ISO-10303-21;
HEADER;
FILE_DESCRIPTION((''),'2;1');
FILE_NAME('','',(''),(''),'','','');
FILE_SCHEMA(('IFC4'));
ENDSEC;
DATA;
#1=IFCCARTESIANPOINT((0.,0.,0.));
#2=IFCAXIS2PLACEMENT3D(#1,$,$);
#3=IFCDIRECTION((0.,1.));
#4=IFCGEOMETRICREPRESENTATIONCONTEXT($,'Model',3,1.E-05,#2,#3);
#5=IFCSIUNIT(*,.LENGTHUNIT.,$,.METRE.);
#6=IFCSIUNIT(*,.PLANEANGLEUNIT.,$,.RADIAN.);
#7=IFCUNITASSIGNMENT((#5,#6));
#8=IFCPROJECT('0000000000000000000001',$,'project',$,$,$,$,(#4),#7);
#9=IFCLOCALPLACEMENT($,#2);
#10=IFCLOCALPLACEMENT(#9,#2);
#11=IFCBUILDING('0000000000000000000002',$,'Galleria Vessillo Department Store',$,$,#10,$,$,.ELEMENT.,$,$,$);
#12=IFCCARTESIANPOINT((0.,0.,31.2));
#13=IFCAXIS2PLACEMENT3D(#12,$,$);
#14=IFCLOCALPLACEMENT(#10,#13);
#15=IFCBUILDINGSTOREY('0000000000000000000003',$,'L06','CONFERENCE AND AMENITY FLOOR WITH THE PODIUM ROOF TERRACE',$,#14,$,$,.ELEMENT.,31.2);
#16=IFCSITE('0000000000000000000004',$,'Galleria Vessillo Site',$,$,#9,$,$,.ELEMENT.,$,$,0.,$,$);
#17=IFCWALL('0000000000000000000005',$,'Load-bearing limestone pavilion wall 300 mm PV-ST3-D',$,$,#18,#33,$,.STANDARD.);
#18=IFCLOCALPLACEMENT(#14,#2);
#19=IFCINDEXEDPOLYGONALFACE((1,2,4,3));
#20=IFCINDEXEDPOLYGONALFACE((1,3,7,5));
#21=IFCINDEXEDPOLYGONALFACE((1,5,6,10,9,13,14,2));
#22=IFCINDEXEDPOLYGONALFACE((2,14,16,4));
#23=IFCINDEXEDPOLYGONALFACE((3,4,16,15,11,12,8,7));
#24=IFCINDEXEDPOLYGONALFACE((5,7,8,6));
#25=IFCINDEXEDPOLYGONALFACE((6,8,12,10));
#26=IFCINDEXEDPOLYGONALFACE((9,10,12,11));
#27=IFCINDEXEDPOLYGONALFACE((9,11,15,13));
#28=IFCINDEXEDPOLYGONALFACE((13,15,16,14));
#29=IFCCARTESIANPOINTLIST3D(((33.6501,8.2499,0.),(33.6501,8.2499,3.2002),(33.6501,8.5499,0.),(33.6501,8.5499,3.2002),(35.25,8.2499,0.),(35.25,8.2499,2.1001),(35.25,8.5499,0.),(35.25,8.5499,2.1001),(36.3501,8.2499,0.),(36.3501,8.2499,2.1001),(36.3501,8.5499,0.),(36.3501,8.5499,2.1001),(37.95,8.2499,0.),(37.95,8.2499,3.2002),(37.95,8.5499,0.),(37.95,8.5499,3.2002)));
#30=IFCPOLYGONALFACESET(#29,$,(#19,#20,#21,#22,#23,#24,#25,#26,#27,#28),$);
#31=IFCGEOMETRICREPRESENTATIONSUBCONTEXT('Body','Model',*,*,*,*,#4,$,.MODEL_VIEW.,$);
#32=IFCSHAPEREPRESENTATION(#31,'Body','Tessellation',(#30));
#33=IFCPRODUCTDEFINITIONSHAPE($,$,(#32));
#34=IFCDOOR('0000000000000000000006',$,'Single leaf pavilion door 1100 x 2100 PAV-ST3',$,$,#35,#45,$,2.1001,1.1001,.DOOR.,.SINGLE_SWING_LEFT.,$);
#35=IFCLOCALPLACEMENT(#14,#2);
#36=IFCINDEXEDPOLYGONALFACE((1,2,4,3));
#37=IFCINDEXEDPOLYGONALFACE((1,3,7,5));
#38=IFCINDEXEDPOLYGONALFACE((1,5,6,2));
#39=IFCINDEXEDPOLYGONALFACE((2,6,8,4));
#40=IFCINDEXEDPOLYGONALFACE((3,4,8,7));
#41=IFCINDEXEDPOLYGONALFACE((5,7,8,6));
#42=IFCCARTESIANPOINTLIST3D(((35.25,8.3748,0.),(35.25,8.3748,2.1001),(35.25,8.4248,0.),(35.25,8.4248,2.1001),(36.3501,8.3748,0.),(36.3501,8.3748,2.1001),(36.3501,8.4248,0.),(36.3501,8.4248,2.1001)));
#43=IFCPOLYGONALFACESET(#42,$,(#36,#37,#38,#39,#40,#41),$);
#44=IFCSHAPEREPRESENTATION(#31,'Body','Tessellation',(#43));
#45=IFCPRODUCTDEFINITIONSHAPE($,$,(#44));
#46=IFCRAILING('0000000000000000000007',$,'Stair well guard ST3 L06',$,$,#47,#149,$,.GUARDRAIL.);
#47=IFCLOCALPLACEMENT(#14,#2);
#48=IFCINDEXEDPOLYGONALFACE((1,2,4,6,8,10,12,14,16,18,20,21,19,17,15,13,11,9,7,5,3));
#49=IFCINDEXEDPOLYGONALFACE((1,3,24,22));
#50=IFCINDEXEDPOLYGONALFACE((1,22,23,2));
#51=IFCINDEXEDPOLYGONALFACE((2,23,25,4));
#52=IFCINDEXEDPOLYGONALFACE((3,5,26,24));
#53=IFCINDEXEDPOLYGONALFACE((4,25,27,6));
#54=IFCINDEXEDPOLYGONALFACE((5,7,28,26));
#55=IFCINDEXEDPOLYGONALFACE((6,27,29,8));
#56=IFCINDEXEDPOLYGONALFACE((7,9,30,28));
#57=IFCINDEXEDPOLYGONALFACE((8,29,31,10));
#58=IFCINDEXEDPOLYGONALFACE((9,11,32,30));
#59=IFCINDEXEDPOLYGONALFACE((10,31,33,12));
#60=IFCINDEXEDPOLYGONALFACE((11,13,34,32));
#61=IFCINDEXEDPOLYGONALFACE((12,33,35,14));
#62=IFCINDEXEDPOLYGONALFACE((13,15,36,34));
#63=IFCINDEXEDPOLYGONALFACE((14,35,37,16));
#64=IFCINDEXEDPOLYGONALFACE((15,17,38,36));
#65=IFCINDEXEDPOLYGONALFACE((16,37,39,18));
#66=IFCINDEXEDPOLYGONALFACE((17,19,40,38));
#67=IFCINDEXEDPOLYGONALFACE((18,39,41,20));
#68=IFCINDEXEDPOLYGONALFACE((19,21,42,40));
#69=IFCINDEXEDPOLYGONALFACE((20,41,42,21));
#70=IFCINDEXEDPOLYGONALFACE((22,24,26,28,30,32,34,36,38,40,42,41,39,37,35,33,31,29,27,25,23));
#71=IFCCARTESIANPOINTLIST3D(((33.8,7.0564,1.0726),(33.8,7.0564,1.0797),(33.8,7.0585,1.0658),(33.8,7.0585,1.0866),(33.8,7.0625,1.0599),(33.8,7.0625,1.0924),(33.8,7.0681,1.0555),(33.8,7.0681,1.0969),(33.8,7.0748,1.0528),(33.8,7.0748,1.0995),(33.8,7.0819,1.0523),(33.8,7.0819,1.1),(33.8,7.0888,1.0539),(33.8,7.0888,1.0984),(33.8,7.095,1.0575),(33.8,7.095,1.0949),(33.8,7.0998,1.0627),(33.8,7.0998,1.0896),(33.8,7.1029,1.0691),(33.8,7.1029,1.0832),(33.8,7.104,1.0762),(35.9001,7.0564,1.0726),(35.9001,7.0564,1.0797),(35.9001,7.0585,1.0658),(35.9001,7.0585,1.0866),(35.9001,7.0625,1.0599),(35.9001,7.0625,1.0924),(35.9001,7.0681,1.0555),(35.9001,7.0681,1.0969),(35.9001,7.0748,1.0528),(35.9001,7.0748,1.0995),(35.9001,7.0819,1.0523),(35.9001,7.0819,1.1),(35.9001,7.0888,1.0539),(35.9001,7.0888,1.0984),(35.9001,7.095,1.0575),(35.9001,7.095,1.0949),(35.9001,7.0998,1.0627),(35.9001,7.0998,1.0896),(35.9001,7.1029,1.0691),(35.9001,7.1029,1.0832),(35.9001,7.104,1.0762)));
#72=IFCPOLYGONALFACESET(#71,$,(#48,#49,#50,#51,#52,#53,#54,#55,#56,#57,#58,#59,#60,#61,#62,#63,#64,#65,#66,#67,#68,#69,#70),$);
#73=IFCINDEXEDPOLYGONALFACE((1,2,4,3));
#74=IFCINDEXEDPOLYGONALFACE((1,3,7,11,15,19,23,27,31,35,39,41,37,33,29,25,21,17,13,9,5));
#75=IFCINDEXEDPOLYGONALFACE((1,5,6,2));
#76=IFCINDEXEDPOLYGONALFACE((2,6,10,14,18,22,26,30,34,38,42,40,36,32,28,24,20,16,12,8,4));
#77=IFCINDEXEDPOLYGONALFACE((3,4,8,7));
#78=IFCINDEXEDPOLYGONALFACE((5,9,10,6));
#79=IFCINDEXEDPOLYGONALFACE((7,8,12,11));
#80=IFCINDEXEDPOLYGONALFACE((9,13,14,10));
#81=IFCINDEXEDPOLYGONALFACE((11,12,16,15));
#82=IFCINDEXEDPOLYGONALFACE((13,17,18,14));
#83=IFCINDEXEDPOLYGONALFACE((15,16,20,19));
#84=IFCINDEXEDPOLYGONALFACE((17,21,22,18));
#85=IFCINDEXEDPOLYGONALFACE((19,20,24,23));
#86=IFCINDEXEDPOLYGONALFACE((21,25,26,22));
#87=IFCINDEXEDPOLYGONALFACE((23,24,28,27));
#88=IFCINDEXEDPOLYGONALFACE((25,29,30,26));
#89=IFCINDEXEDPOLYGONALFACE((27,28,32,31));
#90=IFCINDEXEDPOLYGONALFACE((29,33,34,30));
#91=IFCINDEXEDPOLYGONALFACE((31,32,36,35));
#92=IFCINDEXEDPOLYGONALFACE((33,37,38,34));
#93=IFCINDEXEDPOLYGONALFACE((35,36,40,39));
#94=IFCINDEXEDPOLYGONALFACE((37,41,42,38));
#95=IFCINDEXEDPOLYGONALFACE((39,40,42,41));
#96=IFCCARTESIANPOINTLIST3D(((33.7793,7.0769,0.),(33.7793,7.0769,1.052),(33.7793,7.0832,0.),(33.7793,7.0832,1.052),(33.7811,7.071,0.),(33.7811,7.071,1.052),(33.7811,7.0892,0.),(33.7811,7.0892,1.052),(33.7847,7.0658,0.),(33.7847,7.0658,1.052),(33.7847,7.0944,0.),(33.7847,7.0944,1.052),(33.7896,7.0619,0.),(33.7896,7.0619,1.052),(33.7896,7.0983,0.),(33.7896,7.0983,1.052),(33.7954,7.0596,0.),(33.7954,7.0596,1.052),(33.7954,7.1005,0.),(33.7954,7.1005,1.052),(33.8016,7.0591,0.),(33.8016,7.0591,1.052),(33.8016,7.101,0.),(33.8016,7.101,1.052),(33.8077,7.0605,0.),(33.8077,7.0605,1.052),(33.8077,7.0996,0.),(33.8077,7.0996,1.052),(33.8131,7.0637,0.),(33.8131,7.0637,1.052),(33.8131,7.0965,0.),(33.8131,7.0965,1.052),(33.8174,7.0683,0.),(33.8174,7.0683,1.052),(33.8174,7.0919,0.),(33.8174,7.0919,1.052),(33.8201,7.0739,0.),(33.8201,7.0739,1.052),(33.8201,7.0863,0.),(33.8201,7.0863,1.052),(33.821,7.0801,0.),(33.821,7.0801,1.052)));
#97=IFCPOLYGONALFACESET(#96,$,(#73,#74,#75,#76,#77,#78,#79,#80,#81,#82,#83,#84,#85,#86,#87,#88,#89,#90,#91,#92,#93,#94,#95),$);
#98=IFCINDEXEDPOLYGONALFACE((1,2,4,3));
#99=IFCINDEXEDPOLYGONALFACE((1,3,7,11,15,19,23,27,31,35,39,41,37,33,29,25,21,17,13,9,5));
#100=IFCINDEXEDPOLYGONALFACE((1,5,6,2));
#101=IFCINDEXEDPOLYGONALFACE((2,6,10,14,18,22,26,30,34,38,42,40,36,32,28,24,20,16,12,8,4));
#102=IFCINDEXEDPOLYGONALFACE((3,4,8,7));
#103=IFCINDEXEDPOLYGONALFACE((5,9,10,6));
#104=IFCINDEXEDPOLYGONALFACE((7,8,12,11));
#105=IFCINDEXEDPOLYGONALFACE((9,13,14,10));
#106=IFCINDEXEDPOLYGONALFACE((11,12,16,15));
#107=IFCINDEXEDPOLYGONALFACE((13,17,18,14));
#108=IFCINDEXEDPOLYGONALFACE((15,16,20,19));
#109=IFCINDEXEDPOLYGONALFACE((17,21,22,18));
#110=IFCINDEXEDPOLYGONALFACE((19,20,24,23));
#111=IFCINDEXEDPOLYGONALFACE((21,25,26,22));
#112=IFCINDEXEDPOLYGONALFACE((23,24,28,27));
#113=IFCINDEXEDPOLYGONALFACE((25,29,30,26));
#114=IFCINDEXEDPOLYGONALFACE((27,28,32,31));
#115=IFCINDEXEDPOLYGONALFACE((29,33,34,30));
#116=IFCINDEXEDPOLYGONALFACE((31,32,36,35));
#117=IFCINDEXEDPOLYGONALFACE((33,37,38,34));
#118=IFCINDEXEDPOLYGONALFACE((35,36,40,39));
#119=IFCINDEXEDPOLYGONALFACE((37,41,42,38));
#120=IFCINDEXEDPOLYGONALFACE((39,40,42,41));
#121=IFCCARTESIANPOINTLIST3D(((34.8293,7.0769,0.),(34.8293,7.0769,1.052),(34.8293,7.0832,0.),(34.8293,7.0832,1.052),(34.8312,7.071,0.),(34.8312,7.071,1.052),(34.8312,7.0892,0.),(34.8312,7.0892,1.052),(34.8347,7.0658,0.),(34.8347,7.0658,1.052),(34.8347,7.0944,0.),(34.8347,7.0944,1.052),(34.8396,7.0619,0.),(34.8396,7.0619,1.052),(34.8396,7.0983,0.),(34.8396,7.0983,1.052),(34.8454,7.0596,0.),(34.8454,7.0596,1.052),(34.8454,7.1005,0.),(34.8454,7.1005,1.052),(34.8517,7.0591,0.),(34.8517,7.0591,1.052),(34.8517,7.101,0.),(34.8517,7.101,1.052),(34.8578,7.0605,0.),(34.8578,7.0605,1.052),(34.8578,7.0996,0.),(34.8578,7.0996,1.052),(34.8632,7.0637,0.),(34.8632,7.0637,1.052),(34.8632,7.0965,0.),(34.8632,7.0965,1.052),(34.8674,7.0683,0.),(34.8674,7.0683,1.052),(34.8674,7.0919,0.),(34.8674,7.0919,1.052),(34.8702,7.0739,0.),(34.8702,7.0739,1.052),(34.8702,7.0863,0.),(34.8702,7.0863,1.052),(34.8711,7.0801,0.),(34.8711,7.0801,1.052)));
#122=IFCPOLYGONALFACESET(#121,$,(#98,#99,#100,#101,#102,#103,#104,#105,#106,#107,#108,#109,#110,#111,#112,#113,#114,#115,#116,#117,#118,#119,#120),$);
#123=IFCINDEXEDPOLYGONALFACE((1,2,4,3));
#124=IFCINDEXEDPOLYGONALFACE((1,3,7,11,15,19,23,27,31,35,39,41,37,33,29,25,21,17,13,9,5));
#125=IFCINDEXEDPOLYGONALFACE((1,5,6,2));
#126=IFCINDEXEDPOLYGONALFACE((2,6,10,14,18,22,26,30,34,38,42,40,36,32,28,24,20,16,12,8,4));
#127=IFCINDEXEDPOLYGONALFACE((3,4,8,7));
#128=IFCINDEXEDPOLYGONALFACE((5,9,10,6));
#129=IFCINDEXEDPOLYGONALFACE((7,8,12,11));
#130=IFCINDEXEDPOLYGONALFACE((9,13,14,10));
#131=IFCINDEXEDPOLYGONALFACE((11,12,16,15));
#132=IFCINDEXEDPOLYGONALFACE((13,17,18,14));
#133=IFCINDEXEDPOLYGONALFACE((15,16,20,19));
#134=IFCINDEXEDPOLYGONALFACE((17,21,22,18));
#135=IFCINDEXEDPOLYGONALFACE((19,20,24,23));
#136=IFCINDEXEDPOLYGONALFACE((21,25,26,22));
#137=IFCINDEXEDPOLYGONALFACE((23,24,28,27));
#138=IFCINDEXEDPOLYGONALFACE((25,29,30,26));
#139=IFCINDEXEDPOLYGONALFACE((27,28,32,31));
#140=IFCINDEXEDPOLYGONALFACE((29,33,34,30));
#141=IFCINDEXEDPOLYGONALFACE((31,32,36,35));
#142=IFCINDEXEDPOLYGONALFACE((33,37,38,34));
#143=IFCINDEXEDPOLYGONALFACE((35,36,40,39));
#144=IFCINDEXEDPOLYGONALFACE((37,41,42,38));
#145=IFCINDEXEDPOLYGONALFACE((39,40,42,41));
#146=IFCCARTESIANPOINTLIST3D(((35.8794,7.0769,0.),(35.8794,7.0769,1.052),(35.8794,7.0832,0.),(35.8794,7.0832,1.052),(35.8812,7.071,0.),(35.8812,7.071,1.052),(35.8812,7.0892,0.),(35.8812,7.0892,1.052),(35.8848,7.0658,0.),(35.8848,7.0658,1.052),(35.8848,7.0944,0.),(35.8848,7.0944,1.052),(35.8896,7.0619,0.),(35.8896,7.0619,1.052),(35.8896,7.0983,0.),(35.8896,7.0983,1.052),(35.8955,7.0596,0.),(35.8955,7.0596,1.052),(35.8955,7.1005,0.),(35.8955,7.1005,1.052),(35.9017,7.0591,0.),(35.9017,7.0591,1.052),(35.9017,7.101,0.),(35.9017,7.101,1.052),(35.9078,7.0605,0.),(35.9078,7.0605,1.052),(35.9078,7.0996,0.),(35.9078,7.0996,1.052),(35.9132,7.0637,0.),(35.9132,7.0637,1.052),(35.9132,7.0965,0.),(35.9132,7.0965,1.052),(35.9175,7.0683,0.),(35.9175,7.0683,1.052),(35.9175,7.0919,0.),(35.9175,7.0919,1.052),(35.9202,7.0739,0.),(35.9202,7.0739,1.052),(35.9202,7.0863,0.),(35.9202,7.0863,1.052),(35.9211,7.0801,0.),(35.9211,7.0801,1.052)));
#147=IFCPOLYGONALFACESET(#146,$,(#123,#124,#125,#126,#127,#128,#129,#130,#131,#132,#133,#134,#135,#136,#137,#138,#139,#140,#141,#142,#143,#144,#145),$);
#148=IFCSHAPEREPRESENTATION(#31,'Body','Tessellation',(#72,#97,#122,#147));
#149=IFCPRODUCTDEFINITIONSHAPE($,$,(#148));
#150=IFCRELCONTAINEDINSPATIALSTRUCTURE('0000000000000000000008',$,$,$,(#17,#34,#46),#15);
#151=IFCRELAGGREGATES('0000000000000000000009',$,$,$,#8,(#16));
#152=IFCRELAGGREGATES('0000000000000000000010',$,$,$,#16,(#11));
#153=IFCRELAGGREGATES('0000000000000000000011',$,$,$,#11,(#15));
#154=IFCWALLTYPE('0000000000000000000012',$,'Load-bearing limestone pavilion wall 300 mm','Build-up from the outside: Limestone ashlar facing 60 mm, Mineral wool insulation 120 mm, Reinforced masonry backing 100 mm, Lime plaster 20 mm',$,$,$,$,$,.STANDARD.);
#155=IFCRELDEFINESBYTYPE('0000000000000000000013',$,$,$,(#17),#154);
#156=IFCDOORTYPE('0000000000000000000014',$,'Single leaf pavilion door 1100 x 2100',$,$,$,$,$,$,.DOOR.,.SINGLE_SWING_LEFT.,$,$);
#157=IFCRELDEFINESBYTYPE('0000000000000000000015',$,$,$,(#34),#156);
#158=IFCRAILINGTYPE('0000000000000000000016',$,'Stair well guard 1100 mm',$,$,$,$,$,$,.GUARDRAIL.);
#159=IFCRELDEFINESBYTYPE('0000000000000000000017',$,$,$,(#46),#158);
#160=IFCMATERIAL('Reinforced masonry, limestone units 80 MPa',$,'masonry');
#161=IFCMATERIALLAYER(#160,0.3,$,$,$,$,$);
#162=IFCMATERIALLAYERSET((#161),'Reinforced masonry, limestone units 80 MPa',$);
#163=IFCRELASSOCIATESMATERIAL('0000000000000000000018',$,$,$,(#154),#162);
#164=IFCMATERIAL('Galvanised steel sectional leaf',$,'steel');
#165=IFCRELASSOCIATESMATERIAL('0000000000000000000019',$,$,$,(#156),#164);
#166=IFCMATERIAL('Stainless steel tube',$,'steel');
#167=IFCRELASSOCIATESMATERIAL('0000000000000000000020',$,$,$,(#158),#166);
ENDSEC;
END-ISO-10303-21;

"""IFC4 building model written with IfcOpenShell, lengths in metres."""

from ifc_helpers import new_model, si_unit, direction, frame, frame_2d, origin, origin_2d, place, context, subcontext, project, spatial, rectangle, circle, extrude, material, layer, layer_set, type_object, element, fill, save


model = new_model("IFC4")

# Units and contexts
model_context = context("Model", 3, precision=1e-05, world=origin(), true_north=direction((0.0, 1.0)))
body_context = subcontext(model_context, "Body", "Model", "MODEL_VIEW")
ifc_project = project(units=[si_unit("LENGTHUNIT", "METRE"), si_unit("PLANEANGLEUNIT", "RADIAN")], contexts=[model_context])

# Site, building, storey
site_placement = place(None, origin())
site = spatial("IfcSite", under=ifc_project, at=site_placement, Name="Galleria Vessillo Site", CompositionType="ELEMENT", RefElevation=0.0)
building_placement = place(site_placement, origin())
building = spatial("IfcBuilding", under=site, at=building_placement, Name="Galleria Vessillo Department Store", CompositionType="ELEMENT")
storey_placement = place(building_placement, frame((0.0, 0.0, 31.2)))
storey = spatial("IfcBuildingStorey", under=building, at=storey_placement, Name="L06", Description="CONFERENCE AND AMENITY FLOOR WITH THE PODIUM ROOF TERRACE", CompositionType="ELEMENT", Elevation=31.2)

# Wall, opening, door
ifc_material_1 = material(Name="Reinforced masonry, limestone units 80 MPa", Category="masonry")
ifc_layer_1 = layer(ifc_material_1, 0.3)
ifc_layer_set_1 = layer_set([ifc_layer_1], Name="Reinforced masonry, limestone units 80 MPa")
wall_type = type_object("IfcWallType", Name="Load-bearing limestone pavilion wall 300 mm", Description="Build-up from the outside: Limestone ashlar facing 60 mm, Mineral wool insulation 120 mm, Reinforced masonry backing 100 mm, Lime plaster 20 mm", PredefinedType="STANDARD", material=ifc_layer_set_1)
wall_placement = place(storey_placement, frame((33.6501, 8.3999, 0.0), z_axis=(0.0, 0.0, 1.0), x_axis=(1.0, 0.0, 0.0)))
wall = element("IfcWall", 1, at=wall_placement, inside=storey, type_object=wall_type, Name="Load-bearing limestone pavilion wall 300 mm PV-ST3-D", PredefinedType="STANDARD", context=body_context, shape_type="SweptSolid", body=[
    extrude(rectangle(XDim=4.2998, YDim=0.3, at=frame_2d((2.1499, 0.0))), origin(), (0.0, 0.0, 1.0), 3.2002),
])
opening_placement = place(wall_placement, frame((1.5999, 0.0, 0.0)))
opening = element("IfcOpeningElement", 2, at=opening_placement, cuts=wall, PredefinedType="OPENING", context=body_context, shape_type="SweptSolid", body=[
    extrude(rectangle(XDim=1.1001, YDim=2.1001, at=frame_2d((0.55, 1.05))), frame((0.0, 0.1602, 0.0), z_axis=(0.0, -1.0, 0.0), x_axis=(1.0, 0.0, 0.0)), (0.0, 0.0, 1.0), 0.3201),
])
ifc_material_2 = material(Name="Galvanised steel sectional leaf", Category="steel")
door_type = type_object("IfcDoorType", Name="Single leaf pavilion door 1100 x 2100", OperationType="SINGLE_SWING_LEFT", PredefinedType="DOOR", material=ifc_material_2)
door_placement = place(opening_placement, origin())
door = element("IfcDoor", 3, at=door_placement, inside=storey, type_object=door_type, Name="Single leaf pavilion door 1100 x 2100 PAV-ST3", OperationType="SINGLE_SWING_LEFT", OverallHeight=2.1001, OverallWidth=1.1001, PredefinedType="DOOR", context=body_context, shape_type="SweptSolid", body=[
    extrude(rectangle(XDim=1.1001, YDim=2.1001, at=frame_2d((0.55, 1.05))), frame((0.0, 0.0249, 0.0), z_axis=(0.0, -1.0, 0.0), x_axis=(1.0, 0.0, 0.0)), (0.0, 0.0, 1.0), 0.05),
])
fill(opening, door)

# Railing
ifc_material_3 = material(Name="Stainless steel tube", Category="steel")
railing_type = type_object("IfcRailingType", Name="Stair well guard 1100 mm", PredefinedType="GUARDRAIL", material=ifc_material_3)
railing_placement = place(storey_placement, frame((33.8, 7.0801, 0.0)))
element("IfcRailing", 4, at=railing_placement, inside=storey, type_object=railing_type, Name="Stair well guard ST3 L06", PredefinedType="GUARDRAIL", context=body_context, shape_type="SweptSolid", body=[
    extrude(circle(Radius=0.0239, at=origin_2d()), frame((0.0, 0.0, 1.0762), z_axis=(1.0, 0.0, 0.0), x_axis=(0.0, 1.0, 0.0)), (0.0, 0.0, 1.0), 2.1001),
    extrude(circle(Radius=0.021, at=origin_2d()), origin(), (0.0, 0.0, 1.0), 1.052),
    extrude(circle(Radius=0.021, at=origin_2d()), frame((1.05, 0.0, 0.0)), (0.0, 0.0, 1.0), 1.052),
    extrude(circle(Radius=0.021, at=origin_2d()), frame((2.1001, 0.0, 0.0)), (0.0, 0.0, 1.0), 1.052),
])

save(model, "model.ifc")
